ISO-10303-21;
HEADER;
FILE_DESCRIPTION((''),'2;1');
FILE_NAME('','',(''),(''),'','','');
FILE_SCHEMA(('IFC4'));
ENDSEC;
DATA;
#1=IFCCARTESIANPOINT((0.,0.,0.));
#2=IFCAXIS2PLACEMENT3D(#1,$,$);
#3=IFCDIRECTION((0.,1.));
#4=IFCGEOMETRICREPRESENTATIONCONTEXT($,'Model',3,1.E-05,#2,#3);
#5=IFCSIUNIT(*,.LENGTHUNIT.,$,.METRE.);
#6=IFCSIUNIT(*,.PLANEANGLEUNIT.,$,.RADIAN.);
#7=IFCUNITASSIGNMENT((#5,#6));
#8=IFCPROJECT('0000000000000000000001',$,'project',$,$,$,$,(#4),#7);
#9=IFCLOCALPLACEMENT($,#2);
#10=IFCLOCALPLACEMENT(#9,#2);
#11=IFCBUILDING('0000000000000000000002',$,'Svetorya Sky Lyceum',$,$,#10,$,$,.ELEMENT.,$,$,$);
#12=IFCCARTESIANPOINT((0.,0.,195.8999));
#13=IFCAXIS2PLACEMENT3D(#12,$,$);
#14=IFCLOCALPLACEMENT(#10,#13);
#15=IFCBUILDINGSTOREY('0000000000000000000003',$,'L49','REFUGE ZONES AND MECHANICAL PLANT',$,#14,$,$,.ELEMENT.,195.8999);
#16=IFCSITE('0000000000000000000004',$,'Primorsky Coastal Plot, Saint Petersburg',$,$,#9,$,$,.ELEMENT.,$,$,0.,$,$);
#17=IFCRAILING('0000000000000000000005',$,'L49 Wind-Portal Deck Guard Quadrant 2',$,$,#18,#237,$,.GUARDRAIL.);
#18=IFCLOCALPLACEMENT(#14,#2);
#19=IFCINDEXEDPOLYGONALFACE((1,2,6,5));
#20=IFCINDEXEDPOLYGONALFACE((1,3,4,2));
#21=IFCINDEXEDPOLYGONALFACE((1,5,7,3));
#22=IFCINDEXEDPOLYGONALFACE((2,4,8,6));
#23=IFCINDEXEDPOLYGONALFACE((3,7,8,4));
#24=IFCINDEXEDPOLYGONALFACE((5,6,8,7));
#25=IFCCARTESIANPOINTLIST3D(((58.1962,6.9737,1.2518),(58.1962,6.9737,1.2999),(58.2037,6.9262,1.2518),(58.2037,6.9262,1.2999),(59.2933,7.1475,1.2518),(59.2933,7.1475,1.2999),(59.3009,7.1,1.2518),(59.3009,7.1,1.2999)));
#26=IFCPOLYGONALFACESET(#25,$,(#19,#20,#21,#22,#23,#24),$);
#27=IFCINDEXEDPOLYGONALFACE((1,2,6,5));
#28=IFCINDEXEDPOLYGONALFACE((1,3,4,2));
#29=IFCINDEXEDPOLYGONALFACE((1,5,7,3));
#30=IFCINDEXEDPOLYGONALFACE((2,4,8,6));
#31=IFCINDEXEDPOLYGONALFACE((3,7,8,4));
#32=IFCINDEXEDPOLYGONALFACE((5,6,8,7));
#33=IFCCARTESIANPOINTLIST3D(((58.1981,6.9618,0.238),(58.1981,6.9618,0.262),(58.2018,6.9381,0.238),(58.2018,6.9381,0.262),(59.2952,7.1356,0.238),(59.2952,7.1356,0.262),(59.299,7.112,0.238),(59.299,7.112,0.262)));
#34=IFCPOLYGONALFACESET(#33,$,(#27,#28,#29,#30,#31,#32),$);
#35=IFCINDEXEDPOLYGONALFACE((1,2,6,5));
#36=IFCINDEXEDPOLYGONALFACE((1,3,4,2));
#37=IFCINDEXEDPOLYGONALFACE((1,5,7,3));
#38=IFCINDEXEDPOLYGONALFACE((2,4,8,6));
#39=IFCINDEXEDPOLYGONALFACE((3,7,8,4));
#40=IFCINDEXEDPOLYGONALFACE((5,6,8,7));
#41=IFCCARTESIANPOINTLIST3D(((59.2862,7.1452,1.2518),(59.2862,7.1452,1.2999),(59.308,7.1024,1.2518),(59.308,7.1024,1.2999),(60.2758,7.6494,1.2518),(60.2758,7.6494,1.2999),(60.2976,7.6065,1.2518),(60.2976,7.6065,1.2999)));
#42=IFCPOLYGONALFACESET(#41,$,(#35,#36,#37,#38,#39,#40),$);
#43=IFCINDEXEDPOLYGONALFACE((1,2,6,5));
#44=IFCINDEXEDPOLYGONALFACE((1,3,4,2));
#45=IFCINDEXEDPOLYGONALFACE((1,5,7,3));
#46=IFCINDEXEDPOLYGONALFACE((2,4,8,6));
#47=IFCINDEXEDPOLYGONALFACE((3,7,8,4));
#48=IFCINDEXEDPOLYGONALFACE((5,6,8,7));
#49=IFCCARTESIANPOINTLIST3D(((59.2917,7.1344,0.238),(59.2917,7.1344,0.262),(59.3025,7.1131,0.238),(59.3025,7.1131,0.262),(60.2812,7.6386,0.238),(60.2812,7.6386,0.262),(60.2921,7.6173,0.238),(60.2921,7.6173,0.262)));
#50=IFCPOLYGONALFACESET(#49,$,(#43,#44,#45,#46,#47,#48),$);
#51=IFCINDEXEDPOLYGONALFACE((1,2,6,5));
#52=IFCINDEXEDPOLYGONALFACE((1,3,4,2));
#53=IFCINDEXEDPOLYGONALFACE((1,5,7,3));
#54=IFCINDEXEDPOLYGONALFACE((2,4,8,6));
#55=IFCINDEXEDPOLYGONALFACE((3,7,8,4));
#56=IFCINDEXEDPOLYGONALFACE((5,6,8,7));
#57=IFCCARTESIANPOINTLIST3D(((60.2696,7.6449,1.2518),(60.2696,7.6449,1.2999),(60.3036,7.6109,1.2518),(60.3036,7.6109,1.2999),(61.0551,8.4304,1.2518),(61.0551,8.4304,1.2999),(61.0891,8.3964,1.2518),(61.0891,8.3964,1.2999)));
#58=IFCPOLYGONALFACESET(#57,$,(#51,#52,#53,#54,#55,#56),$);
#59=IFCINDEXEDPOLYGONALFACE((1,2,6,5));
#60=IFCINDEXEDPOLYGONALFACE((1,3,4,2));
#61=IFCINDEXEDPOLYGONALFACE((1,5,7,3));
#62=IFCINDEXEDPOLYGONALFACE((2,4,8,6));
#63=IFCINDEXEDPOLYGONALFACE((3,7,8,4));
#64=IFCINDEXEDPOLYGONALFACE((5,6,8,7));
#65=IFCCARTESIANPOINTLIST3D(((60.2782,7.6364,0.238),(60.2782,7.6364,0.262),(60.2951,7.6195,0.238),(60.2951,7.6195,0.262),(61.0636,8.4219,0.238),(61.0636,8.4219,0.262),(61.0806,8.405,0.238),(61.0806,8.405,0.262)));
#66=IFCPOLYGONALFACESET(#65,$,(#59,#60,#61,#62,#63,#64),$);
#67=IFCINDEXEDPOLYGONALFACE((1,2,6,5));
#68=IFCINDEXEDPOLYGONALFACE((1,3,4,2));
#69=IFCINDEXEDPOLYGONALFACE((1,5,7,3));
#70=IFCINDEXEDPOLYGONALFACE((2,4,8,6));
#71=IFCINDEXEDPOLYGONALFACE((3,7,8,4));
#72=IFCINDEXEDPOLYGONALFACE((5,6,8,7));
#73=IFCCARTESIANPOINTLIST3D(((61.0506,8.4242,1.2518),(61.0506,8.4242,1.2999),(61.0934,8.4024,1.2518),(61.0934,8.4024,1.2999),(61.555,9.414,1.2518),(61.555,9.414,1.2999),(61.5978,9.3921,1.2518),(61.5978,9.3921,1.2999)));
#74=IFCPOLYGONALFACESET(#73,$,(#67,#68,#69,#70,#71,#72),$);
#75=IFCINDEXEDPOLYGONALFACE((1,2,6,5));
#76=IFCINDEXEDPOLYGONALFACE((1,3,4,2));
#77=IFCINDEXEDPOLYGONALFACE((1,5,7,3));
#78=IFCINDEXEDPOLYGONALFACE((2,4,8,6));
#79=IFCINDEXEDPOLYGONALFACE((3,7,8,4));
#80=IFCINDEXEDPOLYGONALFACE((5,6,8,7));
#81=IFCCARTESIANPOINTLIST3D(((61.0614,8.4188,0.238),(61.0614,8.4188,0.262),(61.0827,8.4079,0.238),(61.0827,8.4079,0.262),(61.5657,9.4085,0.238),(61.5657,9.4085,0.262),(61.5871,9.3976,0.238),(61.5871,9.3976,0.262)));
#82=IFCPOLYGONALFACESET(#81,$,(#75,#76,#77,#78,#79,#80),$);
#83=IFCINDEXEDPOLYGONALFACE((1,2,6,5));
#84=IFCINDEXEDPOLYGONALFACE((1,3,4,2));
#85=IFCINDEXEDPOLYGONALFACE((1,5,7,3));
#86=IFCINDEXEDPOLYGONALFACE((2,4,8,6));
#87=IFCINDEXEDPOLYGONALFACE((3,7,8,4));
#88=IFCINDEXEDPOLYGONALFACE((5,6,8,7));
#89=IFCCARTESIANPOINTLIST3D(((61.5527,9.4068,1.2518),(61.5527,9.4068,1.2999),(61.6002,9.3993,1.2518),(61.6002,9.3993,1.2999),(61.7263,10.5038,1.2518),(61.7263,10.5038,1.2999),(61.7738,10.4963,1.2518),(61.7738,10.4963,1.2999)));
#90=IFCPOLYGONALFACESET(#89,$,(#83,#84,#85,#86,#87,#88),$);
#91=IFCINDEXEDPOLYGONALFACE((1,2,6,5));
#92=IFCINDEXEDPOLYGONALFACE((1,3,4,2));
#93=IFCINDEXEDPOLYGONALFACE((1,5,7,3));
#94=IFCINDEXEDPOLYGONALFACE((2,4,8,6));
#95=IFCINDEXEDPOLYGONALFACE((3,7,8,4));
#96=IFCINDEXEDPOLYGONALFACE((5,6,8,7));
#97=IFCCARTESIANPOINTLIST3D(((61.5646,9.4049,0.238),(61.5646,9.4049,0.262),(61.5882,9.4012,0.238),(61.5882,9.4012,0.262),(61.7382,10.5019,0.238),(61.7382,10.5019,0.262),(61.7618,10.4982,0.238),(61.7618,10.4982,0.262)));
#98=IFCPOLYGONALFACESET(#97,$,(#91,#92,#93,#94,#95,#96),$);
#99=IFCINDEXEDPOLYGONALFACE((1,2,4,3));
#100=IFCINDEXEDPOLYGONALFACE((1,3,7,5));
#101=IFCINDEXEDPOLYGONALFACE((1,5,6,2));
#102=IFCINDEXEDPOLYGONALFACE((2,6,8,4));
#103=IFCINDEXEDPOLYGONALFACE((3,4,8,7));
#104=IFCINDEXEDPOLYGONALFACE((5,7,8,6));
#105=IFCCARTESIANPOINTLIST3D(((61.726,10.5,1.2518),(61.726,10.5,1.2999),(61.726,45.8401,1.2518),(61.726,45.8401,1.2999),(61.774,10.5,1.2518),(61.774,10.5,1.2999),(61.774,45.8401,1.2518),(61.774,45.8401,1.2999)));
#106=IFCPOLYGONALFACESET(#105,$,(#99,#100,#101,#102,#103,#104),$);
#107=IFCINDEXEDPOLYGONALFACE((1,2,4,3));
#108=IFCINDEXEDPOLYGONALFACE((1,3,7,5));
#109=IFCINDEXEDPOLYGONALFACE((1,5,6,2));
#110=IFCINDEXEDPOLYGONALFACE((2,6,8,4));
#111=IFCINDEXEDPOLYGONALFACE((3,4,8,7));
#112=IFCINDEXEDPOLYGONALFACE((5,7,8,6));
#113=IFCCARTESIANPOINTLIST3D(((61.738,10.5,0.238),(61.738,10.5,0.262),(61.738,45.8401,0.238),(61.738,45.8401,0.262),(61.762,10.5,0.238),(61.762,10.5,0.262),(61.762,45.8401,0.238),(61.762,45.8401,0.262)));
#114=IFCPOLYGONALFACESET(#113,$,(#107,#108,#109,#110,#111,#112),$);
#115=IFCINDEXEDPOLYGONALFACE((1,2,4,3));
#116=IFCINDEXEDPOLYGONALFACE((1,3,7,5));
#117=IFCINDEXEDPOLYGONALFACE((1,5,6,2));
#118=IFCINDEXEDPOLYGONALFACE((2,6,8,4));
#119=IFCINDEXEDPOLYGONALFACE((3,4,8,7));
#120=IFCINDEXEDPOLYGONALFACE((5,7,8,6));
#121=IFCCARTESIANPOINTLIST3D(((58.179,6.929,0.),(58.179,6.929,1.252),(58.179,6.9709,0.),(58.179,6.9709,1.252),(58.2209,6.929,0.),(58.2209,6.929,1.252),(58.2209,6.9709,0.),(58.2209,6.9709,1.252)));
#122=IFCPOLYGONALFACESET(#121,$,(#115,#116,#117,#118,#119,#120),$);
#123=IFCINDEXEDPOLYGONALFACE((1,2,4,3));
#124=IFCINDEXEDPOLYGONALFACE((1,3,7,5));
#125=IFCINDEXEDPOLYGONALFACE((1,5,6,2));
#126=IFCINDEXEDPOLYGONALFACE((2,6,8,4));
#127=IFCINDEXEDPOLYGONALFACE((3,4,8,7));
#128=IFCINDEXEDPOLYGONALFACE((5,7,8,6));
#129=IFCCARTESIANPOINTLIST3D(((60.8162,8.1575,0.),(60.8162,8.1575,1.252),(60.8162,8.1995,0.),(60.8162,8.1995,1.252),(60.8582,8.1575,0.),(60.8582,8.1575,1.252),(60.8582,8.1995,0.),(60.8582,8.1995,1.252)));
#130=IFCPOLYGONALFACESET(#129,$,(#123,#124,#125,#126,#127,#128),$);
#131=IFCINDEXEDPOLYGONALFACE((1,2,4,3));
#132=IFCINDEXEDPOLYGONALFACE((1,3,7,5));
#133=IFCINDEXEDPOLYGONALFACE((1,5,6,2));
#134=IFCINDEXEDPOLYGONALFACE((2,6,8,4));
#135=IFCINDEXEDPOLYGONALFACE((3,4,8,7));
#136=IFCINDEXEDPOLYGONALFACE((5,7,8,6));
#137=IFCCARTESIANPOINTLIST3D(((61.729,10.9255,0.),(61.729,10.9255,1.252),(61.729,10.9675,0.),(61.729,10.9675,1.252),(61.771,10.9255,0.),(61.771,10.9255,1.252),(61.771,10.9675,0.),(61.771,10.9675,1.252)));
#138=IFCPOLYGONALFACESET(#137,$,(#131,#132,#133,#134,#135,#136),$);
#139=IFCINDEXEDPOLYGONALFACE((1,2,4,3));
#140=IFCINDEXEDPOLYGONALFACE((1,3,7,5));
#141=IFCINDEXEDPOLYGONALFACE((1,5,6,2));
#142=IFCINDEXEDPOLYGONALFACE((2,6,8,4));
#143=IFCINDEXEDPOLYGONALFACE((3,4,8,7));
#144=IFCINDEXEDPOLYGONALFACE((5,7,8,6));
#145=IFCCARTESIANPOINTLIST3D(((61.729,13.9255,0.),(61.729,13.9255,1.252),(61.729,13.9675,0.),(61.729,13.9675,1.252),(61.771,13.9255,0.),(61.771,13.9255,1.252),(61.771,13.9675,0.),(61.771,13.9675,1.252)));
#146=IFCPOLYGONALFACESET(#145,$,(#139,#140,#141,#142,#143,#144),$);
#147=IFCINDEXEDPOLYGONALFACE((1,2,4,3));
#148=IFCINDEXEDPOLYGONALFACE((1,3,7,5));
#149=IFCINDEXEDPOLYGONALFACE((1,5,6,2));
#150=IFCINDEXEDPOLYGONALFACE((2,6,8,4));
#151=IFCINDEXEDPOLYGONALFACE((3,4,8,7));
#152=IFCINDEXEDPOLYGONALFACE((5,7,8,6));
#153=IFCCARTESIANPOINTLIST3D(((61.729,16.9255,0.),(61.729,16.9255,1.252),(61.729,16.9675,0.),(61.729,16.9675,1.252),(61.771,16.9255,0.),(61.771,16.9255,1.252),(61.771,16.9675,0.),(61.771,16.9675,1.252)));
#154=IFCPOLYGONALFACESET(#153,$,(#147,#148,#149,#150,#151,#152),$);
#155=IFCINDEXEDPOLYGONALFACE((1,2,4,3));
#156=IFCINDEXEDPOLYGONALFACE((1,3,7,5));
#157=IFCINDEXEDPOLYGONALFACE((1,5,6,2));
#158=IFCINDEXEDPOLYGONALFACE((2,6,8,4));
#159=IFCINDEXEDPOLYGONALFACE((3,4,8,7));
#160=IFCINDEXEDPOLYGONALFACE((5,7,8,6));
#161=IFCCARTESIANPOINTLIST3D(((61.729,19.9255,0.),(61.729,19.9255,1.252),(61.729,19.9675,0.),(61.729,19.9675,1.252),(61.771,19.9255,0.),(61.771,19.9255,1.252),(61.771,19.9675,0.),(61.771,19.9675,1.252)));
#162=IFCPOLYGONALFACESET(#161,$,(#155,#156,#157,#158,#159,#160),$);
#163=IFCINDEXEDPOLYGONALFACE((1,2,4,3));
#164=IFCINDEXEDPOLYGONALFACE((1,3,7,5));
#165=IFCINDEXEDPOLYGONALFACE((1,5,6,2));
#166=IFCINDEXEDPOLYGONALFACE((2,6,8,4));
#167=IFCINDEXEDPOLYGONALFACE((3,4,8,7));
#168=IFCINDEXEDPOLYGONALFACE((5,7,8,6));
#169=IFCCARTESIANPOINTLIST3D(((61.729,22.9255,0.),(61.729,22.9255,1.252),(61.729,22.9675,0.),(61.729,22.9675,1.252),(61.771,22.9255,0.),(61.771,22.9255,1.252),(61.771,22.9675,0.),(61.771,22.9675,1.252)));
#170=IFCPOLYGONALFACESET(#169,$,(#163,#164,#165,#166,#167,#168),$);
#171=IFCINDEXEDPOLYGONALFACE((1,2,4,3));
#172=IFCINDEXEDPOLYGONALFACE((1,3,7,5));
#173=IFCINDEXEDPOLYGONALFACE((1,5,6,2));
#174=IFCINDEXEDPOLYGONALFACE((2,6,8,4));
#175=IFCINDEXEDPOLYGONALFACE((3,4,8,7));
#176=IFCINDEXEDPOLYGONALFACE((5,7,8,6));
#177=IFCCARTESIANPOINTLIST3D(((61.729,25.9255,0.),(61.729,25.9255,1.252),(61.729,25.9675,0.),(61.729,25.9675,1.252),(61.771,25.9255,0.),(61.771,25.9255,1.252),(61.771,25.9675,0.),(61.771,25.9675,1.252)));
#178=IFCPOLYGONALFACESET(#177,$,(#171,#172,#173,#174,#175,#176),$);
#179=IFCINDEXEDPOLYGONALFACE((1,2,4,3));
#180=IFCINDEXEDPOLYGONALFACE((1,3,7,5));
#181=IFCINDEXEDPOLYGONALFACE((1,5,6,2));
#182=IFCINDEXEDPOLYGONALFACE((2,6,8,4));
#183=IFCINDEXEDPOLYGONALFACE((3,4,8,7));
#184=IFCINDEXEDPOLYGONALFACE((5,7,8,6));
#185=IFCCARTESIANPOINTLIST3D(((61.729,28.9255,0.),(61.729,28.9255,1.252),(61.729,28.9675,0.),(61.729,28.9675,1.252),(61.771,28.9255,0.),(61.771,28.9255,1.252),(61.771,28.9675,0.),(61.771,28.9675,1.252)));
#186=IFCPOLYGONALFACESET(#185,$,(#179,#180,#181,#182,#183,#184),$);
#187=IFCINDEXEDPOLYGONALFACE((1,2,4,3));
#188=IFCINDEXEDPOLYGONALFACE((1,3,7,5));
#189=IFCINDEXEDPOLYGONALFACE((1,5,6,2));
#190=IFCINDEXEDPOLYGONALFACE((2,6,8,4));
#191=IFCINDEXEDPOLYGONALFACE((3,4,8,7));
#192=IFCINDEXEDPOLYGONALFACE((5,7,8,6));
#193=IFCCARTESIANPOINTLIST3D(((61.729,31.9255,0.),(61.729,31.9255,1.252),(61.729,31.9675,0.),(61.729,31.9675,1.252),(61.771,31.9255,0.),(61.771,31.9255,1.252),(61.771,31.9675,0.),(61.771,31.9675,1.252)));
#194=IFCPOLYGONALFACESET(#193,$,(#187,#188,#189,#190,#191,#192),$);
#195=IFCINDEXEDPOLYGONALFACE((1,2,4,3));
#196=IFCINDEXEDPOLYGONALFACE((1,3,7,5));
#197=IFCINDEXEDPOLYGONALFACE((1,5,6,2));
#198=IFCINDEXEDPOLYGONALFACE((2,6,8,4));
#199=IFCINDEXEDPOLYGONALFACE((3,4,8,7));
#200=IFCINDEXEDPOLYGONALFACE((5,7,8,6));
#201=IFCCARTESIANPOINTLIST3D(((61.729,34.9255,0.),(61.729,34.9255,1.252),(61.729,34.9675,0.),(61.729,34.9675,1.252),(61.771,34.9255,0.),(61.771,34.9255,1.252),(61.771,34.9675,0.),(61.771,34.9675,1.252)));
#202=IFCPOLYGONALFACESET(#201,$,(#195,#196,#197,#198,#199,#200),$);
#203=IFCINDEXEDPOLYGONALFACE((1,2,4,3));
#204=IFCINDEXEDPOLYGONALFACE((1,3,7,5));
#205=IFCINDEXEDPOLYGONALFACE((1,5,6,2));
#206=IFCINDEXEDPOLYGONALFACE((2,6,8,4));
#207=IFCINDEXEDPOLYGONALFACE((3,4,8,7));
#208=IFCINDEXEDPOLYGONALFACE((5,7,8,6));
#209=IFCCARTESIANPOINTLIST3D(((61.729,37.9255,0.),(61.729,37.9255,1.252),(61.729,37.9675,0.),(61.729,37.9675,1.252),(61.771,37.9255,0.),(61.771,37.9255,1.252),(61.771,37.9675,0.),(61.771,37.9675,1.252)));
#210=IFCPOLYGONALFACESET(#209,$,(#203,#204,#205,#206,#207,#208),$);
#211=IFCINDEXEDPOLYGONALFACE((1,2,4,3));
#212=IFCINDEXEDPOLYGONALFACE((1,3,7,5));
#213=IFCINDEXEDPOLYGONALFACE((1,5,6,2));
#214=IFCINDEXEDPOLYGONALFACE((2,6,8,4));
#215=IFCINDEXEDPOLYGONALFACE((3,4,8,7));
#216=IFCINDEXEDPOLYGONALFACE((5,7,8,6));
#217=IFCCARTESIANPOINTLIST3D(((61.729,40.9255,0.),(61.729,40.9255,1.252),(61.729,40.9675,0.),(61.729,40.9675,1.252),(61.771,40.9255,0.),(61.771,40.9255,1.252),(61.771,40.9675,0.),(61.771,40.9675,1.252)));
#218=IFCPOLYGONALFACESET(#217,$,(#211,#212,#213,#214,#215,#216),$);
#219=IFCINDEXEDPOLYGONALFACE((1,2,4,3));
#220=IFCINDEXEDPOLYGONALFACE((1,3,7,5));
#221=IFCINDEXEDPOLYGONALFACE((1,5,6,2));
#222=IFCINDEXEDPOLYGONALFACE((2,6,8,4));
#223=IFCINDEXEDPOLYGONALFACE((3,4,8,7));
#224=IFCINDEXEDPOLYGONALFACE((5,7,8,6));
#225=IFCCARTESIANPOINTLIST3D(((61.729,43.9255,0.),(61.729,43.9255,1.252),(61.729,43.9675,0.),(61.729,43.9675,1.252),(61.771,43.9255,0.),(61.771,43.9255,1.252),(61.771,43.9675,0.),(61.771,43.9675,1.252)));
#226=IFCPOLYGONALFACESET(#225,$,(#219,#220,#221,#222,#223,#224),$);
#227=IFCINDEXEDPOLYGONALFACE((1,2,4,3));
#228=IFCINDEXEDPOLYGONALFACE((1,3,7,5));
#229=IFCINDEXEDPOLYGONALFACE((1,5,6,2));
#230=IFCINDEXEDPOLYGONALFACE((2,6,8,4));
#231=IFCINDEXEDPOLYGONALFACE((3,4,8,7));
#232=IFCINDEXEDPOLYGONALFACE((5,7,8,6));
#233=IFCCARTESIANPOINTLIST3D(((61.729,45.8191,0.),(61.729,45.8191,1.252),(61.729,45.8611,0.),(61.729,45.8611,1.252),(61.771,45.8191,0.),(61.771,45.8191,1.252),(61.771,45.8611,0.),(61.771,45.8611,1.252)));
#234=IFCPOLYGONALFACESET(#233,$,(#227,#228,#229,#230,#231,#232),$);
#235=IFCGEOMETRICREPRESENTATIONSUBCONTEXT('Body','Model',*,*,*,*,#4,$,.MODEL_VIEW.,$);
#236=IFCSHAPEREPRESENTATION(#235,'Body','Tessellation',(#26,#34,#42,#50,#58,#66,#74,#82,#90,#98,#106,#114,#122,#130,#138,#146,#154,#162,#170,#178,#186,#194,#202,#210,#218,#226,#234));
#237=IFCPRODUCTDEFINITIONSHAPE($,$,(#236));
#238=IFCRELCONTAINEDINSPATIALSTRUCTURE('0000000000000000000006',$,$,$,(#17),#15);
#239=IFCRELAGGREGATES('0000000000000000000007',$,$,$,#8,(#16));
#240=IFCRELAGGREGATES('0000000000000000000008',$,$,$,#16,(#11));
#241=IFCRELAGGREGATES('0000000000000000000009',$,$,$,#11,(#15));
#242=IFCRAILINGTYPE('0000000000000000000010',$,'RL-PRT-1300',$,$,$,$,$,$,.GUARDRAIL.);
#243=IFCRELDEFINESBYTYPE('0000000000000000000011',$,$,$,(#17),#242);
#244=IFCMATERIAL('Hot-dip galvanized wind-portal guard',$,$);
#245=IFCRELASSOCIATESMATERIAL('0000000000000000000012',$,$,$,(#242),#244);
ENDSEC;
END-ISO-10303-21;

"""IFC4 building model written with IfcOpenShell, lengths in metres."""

from ifc_helpers import new_model, si_unit, direction, frame, origin, origin_2d, place, context, subcontext, project, spatial, rectangle, extrude, material, type_object, element, save


model = new_model("IFC4")

# Units and contexts
model_context = context("Model", 3, precision=1e-05, world=origin(), true_north=direction((0.0, 1.0)))
body_context = subcontext(model_context, "Body", "Model", "MODEL_VIEW")
ifc_project = project(units=[si_unit("LENGTHUNIT", "METRE"), si_unit("PLANEANGLEUNIT", "RADIAN")], contexts=[model_context])

# Site, building, storey
site_placement = place(None, origin())
site = spatial("IfcSite", under=ifc_project, at=site_placement, Name="Primorsky Coastal Plot, Saint Petersburg", CompositionType="ELEMENT", RefElevation=0.0)
building_placement = place(site_placement, origin())
building = spatial("IfcBuilding", under=site, at=building_placement, Name="Svetorya Sky Lyceum", CompositionType="ELEMENT")
storey_placement = place(building_placement, frame((0.0, 0.0, 195.8999)))
storey = spatial("IfcBuildingStorey", under=building, at=storey_placement, Name="L49", Description="REFUGE ZONES AND MECHANICAL PLANT", CompositionType="ELEMENT", Elevation=195.8999)

# Railing
ifc_material_1 = material(Name="Hot-dip galvanized wind-portal guard")
railing_type = type_object("IfcRailingType", Name="RL-PRT-1300", PredefinedType="GUARDRAIL", material=ifc_material_1)
railing_placement = place(storey_placement, frame((58.2, 6.95, 0.0)))
element("IfcRailing", 1, at=railing_placement, inside=storey, type_object=railing_type, Name="L49 Wind-Portal Deck Guard Quadrant 2", PredefinedType="GUARDRAIL", context=body_context, shape_type="SweptSolid", body=[
    extrude(rectangle(XDim=0.0481, YDim=0.0481, at=origin_2d()), frame((0.0, 0.0, 1.2759), z_axis=(0.987681, 0.156482, 0.0), x_axis=(-0.156482, 0.987681, 0.0)), (0.0, 0.0, 1.0), 1.1108),
    extrude(rectangle(XDim=0.0239, YDim=0.0239, at=origin_2d()), frame((0.0, 0.0, 0.25), z_axis=(0.987681, 0.156482, 0.0), x_axis=(-0.156482, 0.987681, 0.0)), (0.0, 0.0, 1.0), 1.1108),
    extrude(rectangle(XDim=0.0481, YDim=0.0481, at=origin_2d()), frame((1.0972, 0.1738, 1.2759), z_axis=(0.891016, 0.453972, 0.0), x_axis=(-0.453972, 0.891016, 0.0)), (0.0, 0.0, 1.0), 1.1106),
    extrude(rectangle(XDim=0.0239, YDim=0.0239, at=origin_2d()), frame((1.0972, 0.1738, 0.25), z_axis=(0.891016, 0.453972, 0.0), x_axis=(-0.453972, 0.891016, 0.0)), (0.0, 0.0, 1.0), 1.1106),
    extrude(rectangle(XDim=0.0481, YDim=0.0481, at=origin_2d()), frame((2.0867, 0.678, 1.2759), z_axis=(0.707107, 0.707107, 0.0), x_axis=(-0.707107, 0.707107, 0.0)), (0.0, 0.0, 1.0), 1.1108),
    extrude(rectangle(XDim=0.0239, YDim=0.0239, at=origin_2d()), frame((2.0867, 0.678, 0.25), z_axis=(0.707107, 0.707107, 0.0), x_axis=(-0.707107, 0.707107, 0.0)), (0.0, 0.0, 1.0), 1.1108),
    extrude(rectangle(XDim=0.0481, YDim=0.0481, at=origin_2d()), frame((2.8721, 1.4634, 1.2759), z_axis=(0.454057, 0.890972, 0.0), x_axis=(-0.890972, 0.454057, 0.0)), (0.0, 0.0, 1.0), 1.1108),
    extrude(rectangle(XDim=0.0239, YDim=0.0239, at=origin_2d()), frame((2.8721, 1.4634, 0.25), z_axis=(0.454057, 0.890972, 0.0), x_axis=(-0.890972, 0.454057, 0.0)), (0.0, 0.0, 1.0), 1.1108),
    extrude(rectangle(XDim=0.0481, YDim=0.0481, at=origin_2d()), frame((3.3765, 2.4531, 1.2759), z_axis=(0.156301, 0.987709, 0.0), x_axis=(-0.987709, 0.156301, 0.0)), (0.0, 0.0, 1.0), 1.1106),
    extrude(rectangle(XDim=0.0239, YDim=0.0239, at=origin_2d()), frame((3.3765, 2.4531, 0.25), z_axis=(0.156301, 0.987709, 0.0), x_axis=(-0.987709, 0.156301, 0.0)), (0.0, 0.0, 1.0), 1.1106),
    extrude(rectangle(XDim=0.0481, YDim=0.0481, at=origin_2d()), frame((3.55, 3.55, 1.2759), z_axis=(0.0, 1.0, 0.0), x_axis=(-1.0, 0.0, 0.0)), (0.0, 0.0, 1.0), 35.3401),
    extrude(rectangle(XDim=0.0239, YDim=0.0239, at=origin_2d()), frame((3.55, 3.55, 0.25), z_axis=(0.0, 1.0, 0.0), x_axis=(-1.0, 0.0, 0.0)), (0.0, 0.0, 1.0), 35.3401),
    extrude(rectangle(XDim=0.042, YDim=0.042, at=origin_2d()), origin(), (0.0, 0.0, 1.0), 1.252),
    extrude(rectangle(XDim=0.042, YDim=0.042, at=origin_2d()), frame((2.6372, 1.2285, 0.0)), (0.0, 0.0, 1.0), 1.252),
    extrude(rectangle(XDim=0.042, YDim=0.042, at=origin_2d()), frame((3.55, 3.9966, 0.0)), (0.0, 0.0, 1.0), 1.252),
    extrude(rectangle(XDim=0.042, YDim=0.042, at=origin_2d()), frame((3.55, 6.9966, 0.0)), (0.0, 0.0, 1.0), 1.252),
    extrude(rectangle(XDim=0.042, YDim=0.042, at=origin_2d()), frame((3.55, 9.9966, 0.0)), (0.0, 0.0, 1.0), 1.252),
    extrude(rectangle(XDim=0.042, YDim=0.042, at=origin_2d()), frame((3.55, 12.9966, 0.0)), (0.0, 0.0, 1.0), 1.252),
    extrude(rectangle(XDim=0.042, YDim=0.042, at=origin_2d()), frame((3.55, 15.9966, 0.0)), (0.0, 0.0, 1.0), 1.252),
    extrude(rectangle(XDim=0.042, YDim=0.042, at=origin_2d()), frame((3.55, 18.9966, 0.0)), (0.0, 0.0, 1.0), 1.252),
    extrude(rectangle(XDim=0.042, YDim=0.042, at=origin_2d()), frame((3.55, 21.9966, 0.0)), (0.0, 0.0, 1.0), 1.252),
    extrude(rectangle(XDim=0.042, YDim=0.042, at=origin_2d()), frame((3.55, 24.9966, 0.0)), (0.0, 0.0, 1.0), 1.252),
    extrude(rectangle(XDim=0.042, YDim=0.042, at=origin_2d()), frame((3.55, 27.9966, 0.0)), (0.0, 0.0, 1.0), 1.252),
    extrude(rectangle(XDim=0.042, YDim=0.042, at=origin_2d()), frame((3.55, 30.9966, 0.0)), (0.0, 0.0, 1.0), 1.252),
    extrude(rectangle(XDim=0.042, YDim=0.042, at=origin_2d()), frame((3.55, 33.9966, 0.0)), (0.0, 0.0, 1.0), 1.252),
    extrude(rectangle(XDim=0.042, YDim=0.042, at=origin_2d()), frame((3.55, 36.9966, 0.0)), (0.0, 0.0, 1.0), 1.252),
    extrude(rectangle(XDim=0.042, YDim=0.042, at=origin_2d()), frame((3.55, 38.8901, 0.0)), (0.0, 0.0, 1.0), 1.252),
])

save(model, "model.ifc")
